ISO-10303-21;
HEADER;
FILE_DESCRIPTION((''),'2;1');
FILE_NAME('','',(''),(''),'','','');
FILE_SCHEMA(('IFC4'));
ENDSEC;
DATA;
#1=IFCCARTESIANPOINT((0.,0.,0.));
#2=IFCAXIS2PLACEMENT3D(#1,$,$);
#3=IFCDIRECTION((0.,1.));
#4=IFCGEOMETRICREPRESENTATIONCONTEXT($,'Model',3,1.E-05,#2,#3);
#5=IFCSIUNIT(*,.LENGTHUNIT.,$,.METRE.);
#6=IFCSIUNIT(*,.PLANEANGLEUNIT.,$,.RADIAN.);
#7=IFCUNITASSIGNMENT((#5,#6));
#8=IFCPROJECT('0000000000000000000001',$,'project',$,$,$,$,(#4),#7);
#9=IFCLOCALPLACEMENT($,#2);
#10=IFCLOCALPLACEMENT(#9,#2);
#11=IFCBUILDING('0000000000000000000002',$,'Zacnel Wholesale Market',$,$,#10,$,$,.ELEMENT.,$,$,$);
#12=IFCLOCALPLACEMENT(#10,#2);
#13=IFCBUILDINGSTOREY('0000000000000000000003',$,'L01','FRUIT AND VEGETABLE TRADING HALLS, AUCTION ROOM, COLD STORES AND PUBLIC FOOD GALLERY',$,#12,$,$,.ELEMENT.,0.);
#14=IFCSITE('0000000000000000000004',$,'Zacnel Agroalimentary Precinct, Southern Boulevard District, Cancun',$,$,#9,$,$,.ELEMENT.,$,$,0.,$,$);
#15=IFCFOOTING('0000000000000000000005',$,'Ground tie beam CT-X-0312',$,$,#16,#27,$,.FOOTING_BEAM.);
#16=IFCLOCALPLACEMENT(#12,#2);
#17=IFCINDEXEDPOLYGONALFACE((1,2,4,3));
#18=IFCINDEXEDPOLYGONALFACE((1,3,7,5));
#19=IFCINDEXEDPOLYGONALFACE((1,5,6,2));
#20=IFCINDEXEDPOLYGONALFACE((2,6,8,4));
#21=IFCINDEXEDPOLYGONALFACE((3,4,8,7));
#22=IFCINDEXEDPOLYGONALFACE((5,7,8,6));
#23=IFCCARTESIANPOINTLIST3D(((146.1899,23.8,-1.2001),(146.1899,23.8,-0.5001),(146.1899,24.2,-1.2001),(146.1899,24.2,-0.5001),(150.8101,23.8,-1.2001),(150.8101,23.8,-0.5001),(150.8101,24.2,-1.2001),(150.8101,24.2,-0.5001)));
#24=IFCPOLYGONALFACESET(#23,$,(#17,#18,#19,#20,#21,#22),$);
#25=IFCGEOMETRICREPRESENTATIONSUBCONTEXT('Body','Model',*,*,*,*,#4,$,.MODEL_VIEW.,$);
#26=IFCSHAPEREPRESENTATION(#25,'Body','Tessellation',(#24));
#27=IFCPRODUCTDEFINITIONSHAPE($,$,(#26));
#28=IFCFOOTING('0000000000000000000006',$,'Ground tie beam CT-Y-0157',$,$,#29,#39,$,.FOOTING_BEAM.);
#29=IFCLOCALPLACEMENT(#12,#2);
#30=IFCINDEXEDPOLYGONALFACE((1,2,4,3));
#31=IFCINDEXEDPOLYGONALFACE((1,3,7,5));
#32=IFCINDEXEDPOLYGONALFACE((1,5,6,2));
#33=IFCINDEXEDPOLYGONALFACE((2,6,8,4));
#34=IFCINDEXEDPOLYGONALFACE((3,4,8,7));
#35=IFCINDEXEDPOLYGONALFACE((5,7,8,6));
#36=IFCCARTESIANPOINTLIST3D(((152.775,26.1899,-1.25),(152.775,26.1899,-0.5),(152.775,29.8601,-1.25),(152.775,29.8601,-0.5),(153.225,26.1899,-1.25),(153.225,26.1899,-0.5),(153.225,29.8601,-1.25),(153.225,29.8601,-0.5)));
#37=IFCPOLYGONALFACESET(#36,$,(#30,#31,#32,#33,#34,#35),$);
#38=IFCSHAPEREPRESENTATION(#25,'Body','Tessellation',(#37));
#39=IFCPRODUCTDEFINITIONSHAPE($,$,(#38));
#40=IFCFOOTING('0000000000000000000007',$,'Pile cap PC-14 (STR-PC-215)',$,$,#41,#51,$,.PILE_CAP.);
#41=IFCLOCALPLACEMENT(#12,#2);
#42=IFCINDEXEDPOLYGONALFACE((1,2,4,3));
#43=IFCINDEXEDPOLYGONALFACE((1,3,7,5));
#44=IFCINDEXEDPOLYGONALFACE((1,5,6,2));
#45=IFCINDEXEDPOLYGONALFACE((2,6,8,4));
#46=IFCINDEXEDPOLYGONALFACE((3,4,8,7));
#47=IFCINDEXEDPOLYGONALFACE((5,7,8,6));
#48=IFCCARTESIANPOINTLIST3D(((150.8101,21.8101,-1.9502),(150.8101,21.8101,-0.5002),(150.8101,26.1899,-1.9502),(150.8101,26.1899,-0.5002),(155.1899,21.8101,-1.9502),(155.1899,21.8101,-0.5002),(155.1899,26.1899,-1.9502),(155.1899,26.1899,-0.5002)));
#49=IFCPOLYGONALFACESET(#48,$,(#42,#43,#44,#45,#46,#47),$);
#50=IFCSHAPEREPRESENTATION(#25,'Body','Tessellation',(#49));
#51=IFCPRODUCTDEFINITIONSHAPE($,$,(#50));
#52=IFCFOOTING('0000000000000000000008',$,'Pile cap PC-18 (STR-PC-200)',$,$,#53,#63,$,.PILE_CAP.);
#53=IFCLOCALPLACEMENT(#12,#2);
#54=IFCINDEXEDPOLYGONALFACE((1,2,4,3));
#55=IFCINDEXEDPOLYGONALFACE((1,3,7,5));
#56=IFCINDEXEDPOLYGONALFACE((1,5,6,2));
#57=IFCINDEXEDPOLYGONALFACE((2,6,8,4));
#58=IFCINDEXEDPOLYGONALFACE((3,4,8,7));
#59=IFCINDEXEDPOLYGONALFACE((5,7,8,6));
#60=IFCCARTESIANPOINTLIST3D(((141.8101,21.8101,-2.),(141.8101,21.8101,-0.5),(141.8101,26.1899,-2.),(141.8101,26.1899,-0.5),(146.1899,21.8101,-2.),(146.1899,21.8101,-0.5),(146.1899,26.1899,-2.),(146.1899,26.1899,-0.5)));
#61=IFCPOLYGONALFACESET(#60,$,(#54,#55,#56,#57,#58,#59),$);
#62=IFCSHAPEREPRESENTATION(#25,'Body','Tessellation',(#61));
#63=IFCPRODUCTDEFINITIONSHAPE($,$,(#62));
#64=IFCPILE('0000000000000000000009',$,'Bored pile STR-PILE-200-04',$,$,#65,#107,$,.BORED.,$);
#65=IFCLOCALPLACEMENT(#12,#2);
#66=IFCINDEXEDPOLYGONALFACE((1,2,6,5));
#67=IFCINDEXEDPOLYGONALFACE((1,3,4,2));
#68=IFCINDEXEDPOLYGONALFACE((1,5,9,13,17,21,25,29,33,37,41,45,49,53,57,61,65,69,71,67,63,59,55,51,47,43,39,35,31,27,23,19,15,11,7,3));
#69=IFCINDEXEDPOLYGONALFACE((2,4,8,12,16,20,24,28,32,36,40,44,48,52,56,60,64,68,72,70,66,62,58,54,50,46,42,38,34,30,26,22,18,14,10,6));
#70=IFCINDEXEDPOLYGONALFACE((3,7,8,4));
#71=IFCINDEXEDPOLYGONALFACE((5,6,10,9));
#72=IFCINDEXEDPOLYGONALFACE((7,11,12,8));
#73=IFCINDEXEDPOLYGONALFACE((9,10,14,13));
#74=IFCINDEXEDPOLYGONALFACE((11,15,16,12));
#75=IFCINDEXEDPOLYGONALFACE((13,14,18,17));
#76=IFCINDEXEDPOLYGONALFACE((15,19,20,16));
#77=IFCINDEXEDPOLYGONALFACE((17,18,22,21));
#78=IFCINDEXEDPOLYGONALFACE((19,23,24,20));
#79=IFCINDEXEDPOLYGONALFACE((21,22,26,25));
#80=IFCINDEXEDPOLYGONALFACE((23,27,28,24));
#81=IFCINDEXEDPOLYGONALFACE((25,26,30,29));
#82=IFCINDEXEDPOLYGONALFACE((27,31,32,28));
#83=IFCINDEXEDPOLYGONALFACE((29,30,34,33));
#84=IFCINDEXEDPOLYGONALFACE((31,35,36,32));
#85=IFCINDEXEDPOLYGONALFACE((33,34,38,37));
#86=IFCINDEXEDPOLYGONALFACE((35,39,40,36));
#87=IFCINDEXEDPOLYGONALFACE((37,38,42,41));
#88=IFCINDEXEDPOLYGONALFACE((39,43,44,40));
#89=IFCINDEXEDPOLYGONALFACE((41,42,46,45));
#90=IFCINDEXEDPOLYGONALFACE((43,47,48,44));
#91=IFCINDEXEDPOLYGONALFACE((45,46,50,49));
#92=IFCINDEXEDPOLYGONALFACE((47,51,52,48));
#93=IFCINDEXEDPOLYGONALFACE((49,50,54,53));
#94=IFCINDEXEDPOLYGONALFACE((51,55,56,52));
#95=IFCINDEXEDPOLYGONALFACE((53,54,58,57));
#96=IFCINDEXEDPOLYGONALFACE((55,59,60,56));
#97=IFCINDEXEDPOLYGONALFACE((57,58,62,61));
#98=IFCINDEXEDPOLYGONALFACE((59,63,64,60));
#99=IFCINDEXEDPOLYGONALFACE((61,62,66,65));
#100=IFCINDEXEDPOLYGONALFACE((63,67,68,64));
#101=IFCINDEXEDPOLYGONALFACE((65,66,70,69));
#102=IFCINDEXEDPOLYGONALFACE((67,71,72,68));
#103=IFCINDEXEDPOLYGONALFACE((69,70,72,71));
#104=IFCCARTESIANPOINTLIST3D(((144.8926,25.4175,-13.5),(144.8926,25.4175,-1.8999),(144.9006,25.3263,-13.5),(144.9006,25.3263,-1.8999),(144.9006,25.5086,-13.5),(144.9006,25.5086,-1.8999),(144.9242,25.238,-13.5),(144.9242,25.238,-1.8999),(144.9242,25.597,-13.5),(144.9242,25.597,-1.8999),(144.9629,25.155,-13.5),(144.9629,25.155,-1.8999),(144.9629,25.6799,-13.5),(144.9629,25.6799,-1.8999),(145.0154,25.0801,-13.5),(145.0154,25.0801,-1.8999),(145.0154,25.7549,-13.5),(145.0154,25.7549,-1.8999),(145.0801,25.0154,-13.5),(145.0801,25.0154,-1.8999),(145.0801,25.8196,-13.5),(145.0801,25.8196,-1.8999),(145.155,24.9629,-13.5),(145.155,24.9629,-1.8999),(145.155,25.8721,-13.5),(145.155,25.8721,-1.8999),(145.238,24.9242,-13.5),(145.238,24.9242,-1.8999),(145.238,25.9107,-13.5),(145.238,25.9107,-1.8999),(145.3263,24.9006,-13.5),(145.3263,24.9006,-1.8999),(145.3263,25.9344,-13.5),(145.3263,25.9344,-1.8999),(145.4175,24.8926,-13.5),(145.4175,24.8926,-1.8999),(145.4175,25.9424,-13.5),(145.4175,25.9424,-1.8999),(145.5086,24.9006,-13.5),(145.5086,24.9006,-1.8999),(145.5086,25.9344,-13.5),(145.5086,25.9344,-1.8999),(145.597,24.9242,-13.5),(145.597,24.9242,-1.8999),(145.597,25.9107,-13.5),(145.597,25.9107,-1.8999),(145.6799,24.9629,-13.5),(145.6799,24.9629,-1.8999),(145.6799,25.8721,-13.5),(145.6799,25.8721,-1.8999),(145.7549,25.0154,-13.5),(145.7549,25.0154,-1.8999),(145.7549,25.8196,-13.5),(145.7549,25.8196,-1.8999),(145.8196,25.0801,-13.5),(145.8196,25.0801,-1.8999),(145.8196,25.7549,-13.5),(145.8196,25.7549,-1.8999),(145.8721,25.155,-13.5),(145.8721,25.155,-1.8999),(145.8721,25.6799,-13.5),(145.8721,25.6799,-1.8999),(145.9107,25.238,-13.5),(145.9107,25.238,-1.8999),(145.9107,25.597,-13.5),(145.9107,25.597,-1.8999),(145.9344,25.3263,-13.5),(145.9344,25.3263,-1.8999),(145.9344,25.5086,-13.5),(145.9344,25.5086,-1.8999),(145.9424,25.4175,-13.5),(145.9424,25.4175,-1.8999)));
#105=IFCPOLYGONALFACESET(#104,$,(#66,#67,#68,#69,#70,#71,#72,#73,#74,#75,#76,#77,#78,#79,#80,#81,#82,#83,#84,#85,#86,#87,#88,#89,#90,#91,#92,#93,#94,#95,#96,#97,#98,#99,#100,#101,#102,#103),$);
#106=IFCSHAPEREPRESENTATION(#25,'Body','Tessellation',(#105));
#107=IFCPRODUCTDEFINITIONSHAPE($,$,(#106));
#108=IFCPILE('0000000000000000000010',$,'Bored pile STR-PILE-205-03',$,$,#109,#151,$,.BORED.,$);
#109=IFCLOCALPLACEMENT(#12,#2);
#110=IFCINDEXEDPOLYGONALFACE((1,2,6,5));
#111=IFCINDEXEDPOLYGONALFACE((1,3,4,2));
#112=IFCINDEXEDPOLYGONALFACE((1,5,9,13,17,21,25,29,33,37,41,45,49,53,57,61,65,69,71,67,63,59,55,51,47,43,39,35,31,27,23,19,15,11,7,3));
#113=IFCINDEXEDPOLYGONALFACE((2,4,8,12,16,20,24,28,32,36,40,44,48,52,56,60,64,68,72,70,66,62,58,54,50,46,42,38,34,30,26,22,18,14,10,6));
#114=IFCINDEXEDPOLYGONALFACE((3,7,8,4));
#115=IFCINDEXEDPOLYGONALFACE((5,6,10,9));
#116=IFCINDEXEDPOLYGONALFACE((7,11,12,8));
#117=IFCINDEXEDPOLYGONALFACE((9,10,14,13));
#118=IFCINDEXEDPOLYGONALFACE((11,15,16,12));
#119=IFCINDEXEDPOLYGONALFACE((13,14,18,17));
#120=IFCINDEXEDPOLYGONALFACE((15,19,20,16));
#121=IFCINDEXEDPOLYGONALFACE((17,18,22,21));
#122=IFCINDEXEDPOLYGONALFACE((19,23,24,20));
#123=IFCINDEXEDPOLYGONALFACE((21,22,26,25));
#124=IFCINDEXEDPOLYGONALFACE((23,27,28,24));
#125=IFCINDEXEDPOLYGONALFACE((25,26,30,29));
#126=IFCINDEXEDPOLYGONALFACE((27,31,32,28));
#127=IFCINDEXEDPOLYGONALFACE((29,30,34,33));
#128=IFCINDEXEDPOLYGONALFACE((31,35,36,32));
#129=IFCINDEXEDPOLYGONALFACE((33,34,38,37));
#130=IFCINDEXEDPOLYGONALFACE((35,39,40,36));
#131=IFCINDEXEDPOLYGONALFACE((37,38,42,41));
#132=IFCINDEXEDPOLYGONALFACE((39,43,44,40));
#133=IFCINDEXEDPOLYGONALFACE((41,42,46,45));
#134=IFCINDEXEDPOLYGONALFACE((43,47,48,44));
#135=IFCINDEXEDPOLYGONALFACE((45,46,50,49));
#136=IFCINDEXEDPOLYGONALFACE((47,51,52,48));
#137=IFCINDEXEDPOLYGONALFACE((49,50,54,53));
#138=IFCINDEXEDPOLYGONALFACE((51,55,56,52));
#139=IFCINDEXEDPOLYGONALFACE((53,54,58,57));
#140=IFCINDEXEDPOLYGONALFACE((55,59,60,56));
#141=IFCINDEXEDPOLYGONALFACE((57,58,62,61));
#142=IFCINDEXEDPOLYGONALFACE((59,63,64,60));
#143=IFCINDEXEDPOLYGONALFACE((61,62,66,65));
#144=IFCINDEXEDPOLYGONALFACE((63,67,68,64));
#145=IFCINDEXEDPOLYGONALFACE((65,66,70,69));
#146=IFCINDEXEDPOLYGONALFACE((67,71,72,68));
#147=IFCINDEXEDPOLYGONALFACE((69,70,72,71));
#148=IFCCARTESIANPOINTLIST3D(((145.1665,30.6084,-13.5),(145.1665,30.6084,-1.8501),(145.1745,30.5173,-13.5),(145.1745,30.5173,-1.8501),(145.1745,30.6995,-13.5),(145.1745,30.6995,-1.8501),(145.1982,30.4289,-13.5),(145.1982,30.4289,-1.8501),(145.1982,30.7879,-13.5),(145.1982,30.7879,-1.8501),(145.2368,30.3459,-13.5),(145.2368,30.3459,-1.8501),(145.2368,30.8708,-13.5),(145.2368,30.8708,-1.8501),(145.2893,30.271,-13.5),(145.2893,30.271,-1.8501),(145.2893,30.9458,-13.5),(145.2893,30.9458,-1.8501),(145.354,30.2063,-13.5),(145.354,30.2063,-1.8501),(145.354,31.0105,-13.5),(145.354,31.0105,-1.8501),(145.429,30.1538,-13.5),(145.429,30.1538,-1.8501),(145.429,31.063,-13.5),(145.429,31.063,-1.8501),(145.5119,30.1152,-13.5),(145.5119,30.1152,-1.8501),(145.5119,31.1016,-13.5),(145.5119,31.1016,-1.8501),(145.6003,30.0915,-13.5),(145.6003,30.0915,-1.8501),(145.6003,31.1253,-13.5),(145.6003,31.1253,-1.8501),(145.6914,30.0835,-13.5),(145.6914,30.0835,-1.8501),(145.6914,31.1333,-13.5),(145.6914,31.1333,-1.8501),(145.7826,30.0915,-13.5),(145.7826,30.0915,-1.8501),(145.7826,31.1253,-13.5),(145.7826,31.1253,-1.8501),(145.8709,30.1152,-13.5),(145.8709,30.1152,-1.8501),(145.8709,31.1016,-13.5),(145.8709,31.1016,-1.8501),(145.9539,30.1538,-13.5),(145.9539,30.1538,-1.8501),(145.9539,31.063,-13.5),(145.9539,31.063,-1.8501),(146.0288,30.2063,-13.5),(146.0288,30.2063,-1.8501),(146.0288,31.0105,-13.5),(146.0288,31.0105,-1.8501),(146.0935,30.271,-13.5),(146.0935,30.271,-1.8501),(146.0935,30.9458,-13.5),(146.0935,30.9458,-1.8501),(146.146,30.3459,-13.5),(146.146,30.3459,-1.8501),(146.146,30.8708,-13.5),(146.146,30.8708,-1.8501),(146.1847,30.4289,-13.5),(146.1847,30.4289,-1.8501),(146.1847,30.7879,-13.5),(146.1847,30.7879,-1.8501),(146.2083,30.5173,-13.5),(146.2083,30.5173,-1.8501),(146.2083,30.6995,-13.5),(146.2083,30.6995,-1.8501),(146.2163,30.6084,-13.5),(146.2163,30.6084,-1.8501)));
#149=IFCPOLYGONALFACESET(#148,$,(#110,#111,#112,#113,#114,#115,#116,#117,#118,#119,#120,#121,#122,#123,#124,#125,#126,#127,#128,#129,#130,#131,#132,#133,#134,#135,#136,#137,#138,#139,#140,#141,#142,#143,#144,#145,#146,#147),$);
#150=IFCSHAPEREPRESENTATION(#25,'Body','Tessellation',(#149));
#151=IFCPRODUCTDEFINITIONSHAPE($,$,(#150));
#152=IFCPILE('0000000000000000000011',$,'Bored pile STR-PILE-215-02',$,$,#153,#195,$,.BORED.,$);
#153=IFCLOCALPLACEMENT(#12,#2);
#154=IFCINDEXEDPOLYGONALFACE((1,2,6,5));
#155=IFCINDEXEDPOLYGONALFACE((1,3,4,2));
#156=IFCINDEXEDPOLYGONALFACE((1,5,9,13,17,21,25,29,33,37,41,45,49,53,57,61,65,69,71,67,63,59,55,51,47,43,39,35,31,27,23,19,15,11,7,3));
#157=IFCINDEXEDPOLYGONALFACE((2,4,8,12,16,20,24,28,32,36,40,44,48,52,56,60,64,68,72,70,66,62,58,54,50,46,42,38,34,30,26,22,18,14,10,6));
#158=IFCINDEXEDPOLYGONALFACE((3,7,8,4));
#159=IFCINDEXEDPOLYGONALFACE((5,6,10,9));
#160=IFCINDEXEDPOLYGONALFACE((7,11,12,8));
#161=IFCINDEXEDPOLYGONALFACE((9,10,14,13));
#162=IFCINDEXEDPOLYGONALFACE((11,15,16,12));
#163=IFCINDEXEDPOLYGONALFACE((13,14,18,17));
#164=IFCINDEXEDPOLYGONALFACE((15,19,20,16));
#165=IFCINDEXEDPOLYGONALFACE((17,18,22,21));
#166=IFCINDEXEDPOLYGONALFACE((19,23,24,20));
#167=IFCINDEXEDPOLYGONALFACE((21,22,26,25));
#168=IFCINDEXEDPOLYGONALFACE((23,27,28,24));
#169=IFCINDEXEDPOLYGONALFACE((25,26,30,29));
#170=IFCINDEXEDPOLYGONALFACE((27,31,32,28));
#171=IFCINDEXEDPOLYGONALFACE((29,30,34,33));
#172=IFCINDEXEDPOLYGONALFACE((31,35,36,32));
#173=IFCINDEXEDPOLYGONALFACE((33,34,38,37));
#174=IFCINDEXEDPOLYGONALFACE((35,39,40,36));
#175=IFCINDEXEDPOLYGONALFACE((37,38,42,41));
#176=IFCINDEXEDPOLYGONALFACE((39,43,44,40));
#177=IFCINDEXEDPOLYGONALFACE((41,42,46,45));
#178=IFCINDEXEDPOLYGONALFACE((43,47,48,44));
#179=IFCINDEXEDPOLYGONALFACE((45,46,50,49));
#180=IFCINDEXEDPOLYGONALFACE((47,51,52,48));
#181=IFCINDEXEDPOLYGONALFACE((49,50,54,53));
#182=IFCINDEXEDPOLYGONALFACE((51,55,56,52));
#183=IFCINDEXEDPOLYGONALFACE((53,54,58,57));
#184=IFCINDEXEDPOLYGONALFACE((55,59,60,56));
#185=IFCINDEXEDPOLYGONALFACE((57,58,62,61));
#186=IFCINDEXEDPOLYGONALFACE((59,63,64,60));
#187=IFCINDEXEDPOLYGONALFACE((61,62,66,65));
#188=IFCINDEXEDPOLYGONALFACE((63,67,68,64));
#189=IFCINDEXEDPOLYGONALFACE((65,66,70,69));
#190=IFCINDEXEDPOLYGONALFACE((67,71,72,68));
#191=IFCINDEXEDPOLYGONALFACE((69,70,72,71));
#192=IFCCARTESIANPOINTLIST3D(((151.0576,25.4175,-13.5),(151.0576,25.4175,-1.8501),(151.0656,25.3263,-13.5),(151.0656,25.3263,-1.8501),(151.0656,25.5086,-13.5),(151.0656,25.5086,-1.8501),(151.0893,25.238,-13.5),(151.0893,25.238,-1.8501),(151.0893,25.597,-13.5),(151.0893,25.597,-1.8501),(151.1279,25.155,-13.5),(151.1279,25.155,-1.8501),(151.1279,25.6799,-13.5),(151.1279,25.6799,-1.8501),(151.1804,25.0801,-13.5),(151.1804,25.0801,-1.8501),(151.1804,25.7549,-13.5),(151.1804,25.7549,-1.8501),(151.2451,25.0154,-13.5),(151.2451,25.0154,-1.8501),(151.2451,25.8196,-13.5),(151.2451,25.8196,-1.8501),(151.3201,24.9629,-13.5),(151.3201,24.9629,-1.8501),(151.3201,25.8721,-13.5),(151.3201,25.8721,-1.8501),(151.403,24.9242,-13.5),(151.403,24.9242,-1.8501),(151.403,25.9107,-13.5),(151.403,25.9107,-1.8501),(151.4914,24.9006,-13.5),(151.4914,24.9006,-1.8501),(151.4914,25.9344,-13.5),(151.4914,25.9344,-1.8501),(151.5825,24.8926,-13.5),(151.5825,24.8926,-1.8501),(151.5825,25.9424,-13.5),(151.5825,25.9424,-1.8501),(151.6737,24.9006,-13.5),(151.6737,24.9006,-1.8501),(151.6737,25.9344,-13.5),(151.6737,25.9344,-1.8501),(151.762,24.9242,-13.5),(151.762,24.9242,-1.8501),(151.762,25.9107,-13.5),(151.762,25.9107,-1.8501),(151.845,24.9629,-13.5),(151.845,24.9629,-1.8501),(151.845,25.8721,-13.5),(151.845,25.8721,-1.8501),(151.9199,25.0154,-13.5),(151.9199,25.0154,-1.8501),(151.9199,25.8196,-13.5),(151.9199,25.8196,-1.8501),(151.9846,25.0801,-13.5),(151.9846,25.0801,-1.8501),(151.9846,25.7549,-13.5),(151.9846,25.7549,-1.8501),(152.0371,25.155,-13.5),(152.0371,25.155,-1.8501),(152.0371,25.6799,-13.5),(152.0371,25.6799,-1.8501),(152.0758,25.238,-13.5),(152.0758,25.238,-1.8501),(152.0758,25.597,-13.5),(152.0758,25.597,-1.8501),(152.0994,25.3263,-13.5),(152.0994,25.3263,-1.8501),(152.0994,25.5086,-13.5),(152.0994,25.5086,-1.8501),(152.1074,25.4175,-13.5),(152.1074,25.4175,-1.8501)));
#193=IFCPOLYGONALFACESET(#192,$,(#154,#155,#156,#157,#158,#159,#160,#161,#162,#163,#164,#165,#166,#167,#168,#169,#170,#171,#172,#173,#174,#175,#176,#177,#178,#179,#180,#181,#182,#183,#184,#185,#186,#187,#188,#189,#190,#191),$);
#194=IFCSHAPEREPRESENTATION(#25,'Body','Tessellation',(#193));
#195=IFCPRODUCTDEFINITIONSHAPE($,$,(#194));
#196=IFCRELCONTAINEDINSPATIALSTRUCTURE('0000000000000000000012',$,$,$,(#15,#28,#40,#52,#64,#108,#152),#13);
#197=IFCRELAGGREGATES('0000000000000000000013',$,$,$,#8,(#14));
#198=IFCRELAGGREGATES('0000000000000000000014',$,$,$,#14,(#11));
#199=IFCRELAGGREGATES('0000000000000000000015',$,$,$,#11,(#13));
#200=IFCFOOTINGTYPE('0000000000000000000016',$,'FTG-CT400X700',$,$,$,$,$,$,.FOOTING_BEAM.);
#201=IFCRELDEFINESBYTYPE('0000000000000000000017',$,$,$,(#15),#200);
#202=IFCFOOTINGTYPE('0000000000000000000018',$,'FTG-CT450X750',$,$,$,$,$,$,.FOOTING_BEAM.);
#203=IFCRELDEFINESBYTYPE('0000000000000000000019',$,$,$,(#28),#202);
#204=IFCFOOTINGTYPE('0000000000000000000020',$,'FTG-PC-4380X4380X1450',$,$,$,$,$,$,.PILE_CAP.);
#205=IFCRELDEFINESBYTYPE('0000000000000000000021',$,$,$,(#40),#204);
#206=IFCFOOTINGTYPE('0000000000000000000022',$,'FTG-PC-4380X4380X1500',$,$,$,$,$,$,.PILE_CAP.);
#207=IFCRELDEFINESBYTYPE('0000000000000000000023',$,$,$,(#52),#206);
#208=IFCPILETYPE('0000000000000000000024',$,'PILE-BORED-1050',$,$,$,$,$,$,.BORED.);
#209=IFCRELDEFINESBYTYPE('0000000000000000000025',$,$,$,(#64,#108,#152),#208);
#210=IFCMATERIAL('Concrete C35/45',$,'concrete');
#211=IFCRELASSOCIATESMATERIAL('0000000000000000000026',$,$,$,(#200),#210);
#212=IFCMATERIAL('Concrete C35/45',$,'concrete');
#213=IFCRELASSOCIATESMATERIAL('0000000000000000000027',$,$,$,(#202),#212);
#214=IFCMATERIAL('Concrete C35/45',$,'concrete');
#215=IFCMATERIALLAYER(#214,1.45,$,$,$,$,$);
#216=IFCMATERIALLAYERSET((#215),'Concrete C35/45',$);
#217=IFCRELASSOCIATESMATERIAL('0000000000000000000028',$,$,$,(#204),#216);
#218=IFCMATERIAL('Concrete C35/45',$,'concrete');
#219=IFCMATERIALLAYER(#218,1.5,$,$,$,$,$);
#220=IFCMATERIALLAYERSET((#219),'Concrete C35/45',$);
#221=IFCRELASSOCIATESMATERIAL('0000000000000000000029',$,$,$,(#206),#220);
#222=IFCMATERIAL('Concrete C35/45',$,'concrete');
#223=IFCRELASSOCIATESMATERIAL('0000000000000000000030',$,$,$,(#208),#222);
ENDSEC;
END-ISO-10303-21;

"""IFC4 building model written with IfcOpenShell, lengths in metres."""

from ifc_helpers import new_model, si_unit, direction, frame, origin, origin_2d, place, context, subcontext, project, spatial, rectangle, circle, extrude, material, layer, layer_set, material_profile, profile_set, type_object, element, save


model = new_model("IFC4")

# Units and contexts
model_context = context("Model", 3, precision=1e-05, world=origin(), true_north=direction((0.0, 1.0)))
body_context = subcontext(model_context, "Body", "Model", "MODEL_VIEW")
ifc_project = project(units=[si_unit("LENGTHUNIT", "METRE"), si_unit("PLANEANGLEUNIT", "RADIAN")], contexts=[model_context])

# Site, building, storey
site_placement = place(None, origin())
site = spatial("IfcSite", under=ifc_project, at=site_placement, Name="Zacnel Agroalimentary Precinct, Southern Boulevard District, Cancun", CompositionType="ELEMENT", RefElevation=0.0)
building_placement = place(site_placement, origin())
building = spatial("IfcBuilding", under=site, at=building_placement, Name="Zacnel Wholesale Market", CompositionType="ELEMENT")
storey_placement = place(building_placement, origin())
storey = spatial("IfcBuildingStorey", under=building, at=storey_placement, Name="L01", Description="FRUIT AND VEGETABLE TRADING HALLS, AUCTION ROOM, COLD STORES AND PUBLIC FOOD GALLERY", CompositionType="ELEMENT", Elevation=0.0)

# Footings
ifc_material_1 = material(Name="Concrete C35/45", Category="concrete")
ifc_material_profile_1 = material_profile(ifc_material_1, rectangle(XDim=0.3999, YDim=0.7, at=origin_2d()), Name="CT 400x700")
ifc_profile_set_1 = profile_set([ifc_material_profile_1], Name="Concrete C35/45")
footing_type_1 = type_object("IfcFootingType", Name="FTG-CT400X700", PredefinedType="FOOTING_BEAM", material=ifc_profile_set_1)
footing_1_placement = place(storey_placement, frame((146.1899, 24.0, -0.8501), z_axis=(1.0, 0.0, 0.0), x_axis=(0.0, 1.0, 0.0)))
element("IfcFooting", 1, at=footing_1_placement, inside=storey, type_object=footing_type_1, Name="Ground tie beam CT-X-0312", PredefinedType="FOOTING_BEAM", context=body_context, shape_type="SweptSolid", body=[
    extrude(rectangle(XDim=0.3999, YDim=0.7, at=origin_2d()), origin(), (0.0, 0.0, 1.0), 4.6201),
])
ifc_material_2 = material(Name="Concrete C35/45", Category="concrete")
ifc_material_profile_2 = material_profile(ifc_material_2, rectangle(XDim=0.45, YDim=0.75, at=origin_2d()), Name="CT 450x750")
ifc_profile_set_2 = profile_set([ifc_material_profile_2], Name="Concrete C35/45")
footing_type_2 = type_object("IfcFootingType", Name="FTG-CT450X750", PredefinedType="FOOTING_BEAM", material=ifc_profile_set_2)
footing_2_placement = place(storey_placement, frame((153.0, 26.1899, -0.875), z_axis=(0.0, 1.0, 0.0), x_axis=(-1.0, 0.0, 0.0)))
element("IfcFooting", 2, at=footing_2_placement, inside=storey, type_object=footing_type_2, Name="Ground tie beam CT-Y-0157", PredefinedType="FOOTING_BEAM", context=body_context, shape_type="SweptSolid", body=[
    extrude(rectangle(XDim=0.45, YDim=0.75, at=origin_2d()), origin(), (0.0, 0.0, 1.0), 3.6702),
])
ifc_material_3 = material(Name="Concrete C35/45", Category="concrete")
ifc_layer_1 = layer(ifc_material_3, 1.45)
ifc_layer_set_1 = layer_set([ifc_layer_1], Name="Concrete C35/45")
footing_type_3 = type_object("IfcFootingType", Name="FTG-PC-4380X4380X1450", PredefinedType="PILE_CAP", material=ifc_layer_set_1)
footing_3_placement = place(storey_placement, frame((153.0, 24.0, -1.9502), z_axis=(0.0, 0.0, 1.0), x_axis=(1.0, 0.0, 0.0)))
element("IfcFooting", 3, at=footing_3_placement, inside=storey, type_object=footing_type_3, Name="Pile cap PC-14 (STR-PC-215)", PredefinedType="PILE_CAP", context=body_context, shape_type="SweptSolid", body=[
    extrude(rectangle(XDim=4.3799, YDim=4.3799, at=origin_2d()), origin(), (0.0, 0.0, 1.0), 1.45),
])
ifc_material_4 = material(Name="Concrete C35/45", Category="concrete")
ifc_layer_2 = layer(ifc_material_4, 1.5)
ifc_layer_set_2 = layer_set([ifc_layer_2], Name="Concrete C35/45")
footing_type_4 = type_object("IfcFootingType", Name="FTG-PC-4380X4380X1500", PredefinedType="PILE_CAP", material=ifc_layer_set_2)
footing_4_placement = place(storey_placement, frame((144.0, 24.0, -2.0), z_axis=(0.0, 0.0, 1.0), x_axis=(1.0, 0.0, 0.0)))
element("IfcFooting", 4, at=footing_4_placement, inside=storey, type_object=footing_type_4, Name="Pile cap PC-18 (STR-PC-200)", PredefinedType="PILE_CAP", context=body_context, shape_type="SweptSolid", body=[
    extrude(rectangle(XDim=4.3799, YDim=4.3799, at=origin_2d()), origin(), (0.0, 0.0, 1.0), 1.5),
])

# Piles
ifc_material_5 = material(Name="Concrete C35/45", Category="concrete")
ifc_material_profile_3 = material_profile(ifc_material_5, circle(Radius=0.5249, at=origin_2d()), Name="BORED PILE D1050")
ifc_profile_set_3 = profile_set([ifc_material_profile_3], Name="Concrete C35/45")
pile_type = type_object("IfcPileType", Name="PILE-BORED-1050", PredefinedType="BORED", material=ifc_profile_set_3)
pile_1_placement = place(storey_placement, frame((145.4175, 25.4175, -1.8999), z_axis=(0.0, 0.0, -1.0), x_axis=(1.0, 0.0, 0.0)))
element("IfcPile", 5, at=pile_1_placement, inside=storey, type_object=pile_type, Name="Bored pile STR-PILE-200-04", PredefinedType="BORED", context=body_context, shape_type="SweptSolid", body=[
    extrude(circle(Radius=0.5249, at=origin_2d()), origin(), (0.0, 0.0, 1.0), 11.6001),
])
for number, where, z_axis, x_axis, name in (
    (6, (145.6914, 30.6084, -1.8501), (0.0, 0.0, -1.0), (1.0, 0.0, 0.0), "Bored pile STR-PILE-205-03"),
    (7, (151.5825, 25.4175, -1.8501), (0.0, 0.0, -1.0), (1.0, 0.0, 0.0), "Bored pile STR-PILE-215-02"),
):
    element("IfcPile", number, at=place(storey_placement, frame(where, z_axis=z_axis, x_axis=x_axis)), inside=storey, type_object=pile_type, Name=name, PredefinedType="BORED", context=body_context, shape_type="SweptSolid", body=[
        extrude(circle(Radius=0.5249, at=origin_2d()), origin(), (0.0, 0.0, 1.0), 11.6499),
    ])

save(model, "model.ifc")
